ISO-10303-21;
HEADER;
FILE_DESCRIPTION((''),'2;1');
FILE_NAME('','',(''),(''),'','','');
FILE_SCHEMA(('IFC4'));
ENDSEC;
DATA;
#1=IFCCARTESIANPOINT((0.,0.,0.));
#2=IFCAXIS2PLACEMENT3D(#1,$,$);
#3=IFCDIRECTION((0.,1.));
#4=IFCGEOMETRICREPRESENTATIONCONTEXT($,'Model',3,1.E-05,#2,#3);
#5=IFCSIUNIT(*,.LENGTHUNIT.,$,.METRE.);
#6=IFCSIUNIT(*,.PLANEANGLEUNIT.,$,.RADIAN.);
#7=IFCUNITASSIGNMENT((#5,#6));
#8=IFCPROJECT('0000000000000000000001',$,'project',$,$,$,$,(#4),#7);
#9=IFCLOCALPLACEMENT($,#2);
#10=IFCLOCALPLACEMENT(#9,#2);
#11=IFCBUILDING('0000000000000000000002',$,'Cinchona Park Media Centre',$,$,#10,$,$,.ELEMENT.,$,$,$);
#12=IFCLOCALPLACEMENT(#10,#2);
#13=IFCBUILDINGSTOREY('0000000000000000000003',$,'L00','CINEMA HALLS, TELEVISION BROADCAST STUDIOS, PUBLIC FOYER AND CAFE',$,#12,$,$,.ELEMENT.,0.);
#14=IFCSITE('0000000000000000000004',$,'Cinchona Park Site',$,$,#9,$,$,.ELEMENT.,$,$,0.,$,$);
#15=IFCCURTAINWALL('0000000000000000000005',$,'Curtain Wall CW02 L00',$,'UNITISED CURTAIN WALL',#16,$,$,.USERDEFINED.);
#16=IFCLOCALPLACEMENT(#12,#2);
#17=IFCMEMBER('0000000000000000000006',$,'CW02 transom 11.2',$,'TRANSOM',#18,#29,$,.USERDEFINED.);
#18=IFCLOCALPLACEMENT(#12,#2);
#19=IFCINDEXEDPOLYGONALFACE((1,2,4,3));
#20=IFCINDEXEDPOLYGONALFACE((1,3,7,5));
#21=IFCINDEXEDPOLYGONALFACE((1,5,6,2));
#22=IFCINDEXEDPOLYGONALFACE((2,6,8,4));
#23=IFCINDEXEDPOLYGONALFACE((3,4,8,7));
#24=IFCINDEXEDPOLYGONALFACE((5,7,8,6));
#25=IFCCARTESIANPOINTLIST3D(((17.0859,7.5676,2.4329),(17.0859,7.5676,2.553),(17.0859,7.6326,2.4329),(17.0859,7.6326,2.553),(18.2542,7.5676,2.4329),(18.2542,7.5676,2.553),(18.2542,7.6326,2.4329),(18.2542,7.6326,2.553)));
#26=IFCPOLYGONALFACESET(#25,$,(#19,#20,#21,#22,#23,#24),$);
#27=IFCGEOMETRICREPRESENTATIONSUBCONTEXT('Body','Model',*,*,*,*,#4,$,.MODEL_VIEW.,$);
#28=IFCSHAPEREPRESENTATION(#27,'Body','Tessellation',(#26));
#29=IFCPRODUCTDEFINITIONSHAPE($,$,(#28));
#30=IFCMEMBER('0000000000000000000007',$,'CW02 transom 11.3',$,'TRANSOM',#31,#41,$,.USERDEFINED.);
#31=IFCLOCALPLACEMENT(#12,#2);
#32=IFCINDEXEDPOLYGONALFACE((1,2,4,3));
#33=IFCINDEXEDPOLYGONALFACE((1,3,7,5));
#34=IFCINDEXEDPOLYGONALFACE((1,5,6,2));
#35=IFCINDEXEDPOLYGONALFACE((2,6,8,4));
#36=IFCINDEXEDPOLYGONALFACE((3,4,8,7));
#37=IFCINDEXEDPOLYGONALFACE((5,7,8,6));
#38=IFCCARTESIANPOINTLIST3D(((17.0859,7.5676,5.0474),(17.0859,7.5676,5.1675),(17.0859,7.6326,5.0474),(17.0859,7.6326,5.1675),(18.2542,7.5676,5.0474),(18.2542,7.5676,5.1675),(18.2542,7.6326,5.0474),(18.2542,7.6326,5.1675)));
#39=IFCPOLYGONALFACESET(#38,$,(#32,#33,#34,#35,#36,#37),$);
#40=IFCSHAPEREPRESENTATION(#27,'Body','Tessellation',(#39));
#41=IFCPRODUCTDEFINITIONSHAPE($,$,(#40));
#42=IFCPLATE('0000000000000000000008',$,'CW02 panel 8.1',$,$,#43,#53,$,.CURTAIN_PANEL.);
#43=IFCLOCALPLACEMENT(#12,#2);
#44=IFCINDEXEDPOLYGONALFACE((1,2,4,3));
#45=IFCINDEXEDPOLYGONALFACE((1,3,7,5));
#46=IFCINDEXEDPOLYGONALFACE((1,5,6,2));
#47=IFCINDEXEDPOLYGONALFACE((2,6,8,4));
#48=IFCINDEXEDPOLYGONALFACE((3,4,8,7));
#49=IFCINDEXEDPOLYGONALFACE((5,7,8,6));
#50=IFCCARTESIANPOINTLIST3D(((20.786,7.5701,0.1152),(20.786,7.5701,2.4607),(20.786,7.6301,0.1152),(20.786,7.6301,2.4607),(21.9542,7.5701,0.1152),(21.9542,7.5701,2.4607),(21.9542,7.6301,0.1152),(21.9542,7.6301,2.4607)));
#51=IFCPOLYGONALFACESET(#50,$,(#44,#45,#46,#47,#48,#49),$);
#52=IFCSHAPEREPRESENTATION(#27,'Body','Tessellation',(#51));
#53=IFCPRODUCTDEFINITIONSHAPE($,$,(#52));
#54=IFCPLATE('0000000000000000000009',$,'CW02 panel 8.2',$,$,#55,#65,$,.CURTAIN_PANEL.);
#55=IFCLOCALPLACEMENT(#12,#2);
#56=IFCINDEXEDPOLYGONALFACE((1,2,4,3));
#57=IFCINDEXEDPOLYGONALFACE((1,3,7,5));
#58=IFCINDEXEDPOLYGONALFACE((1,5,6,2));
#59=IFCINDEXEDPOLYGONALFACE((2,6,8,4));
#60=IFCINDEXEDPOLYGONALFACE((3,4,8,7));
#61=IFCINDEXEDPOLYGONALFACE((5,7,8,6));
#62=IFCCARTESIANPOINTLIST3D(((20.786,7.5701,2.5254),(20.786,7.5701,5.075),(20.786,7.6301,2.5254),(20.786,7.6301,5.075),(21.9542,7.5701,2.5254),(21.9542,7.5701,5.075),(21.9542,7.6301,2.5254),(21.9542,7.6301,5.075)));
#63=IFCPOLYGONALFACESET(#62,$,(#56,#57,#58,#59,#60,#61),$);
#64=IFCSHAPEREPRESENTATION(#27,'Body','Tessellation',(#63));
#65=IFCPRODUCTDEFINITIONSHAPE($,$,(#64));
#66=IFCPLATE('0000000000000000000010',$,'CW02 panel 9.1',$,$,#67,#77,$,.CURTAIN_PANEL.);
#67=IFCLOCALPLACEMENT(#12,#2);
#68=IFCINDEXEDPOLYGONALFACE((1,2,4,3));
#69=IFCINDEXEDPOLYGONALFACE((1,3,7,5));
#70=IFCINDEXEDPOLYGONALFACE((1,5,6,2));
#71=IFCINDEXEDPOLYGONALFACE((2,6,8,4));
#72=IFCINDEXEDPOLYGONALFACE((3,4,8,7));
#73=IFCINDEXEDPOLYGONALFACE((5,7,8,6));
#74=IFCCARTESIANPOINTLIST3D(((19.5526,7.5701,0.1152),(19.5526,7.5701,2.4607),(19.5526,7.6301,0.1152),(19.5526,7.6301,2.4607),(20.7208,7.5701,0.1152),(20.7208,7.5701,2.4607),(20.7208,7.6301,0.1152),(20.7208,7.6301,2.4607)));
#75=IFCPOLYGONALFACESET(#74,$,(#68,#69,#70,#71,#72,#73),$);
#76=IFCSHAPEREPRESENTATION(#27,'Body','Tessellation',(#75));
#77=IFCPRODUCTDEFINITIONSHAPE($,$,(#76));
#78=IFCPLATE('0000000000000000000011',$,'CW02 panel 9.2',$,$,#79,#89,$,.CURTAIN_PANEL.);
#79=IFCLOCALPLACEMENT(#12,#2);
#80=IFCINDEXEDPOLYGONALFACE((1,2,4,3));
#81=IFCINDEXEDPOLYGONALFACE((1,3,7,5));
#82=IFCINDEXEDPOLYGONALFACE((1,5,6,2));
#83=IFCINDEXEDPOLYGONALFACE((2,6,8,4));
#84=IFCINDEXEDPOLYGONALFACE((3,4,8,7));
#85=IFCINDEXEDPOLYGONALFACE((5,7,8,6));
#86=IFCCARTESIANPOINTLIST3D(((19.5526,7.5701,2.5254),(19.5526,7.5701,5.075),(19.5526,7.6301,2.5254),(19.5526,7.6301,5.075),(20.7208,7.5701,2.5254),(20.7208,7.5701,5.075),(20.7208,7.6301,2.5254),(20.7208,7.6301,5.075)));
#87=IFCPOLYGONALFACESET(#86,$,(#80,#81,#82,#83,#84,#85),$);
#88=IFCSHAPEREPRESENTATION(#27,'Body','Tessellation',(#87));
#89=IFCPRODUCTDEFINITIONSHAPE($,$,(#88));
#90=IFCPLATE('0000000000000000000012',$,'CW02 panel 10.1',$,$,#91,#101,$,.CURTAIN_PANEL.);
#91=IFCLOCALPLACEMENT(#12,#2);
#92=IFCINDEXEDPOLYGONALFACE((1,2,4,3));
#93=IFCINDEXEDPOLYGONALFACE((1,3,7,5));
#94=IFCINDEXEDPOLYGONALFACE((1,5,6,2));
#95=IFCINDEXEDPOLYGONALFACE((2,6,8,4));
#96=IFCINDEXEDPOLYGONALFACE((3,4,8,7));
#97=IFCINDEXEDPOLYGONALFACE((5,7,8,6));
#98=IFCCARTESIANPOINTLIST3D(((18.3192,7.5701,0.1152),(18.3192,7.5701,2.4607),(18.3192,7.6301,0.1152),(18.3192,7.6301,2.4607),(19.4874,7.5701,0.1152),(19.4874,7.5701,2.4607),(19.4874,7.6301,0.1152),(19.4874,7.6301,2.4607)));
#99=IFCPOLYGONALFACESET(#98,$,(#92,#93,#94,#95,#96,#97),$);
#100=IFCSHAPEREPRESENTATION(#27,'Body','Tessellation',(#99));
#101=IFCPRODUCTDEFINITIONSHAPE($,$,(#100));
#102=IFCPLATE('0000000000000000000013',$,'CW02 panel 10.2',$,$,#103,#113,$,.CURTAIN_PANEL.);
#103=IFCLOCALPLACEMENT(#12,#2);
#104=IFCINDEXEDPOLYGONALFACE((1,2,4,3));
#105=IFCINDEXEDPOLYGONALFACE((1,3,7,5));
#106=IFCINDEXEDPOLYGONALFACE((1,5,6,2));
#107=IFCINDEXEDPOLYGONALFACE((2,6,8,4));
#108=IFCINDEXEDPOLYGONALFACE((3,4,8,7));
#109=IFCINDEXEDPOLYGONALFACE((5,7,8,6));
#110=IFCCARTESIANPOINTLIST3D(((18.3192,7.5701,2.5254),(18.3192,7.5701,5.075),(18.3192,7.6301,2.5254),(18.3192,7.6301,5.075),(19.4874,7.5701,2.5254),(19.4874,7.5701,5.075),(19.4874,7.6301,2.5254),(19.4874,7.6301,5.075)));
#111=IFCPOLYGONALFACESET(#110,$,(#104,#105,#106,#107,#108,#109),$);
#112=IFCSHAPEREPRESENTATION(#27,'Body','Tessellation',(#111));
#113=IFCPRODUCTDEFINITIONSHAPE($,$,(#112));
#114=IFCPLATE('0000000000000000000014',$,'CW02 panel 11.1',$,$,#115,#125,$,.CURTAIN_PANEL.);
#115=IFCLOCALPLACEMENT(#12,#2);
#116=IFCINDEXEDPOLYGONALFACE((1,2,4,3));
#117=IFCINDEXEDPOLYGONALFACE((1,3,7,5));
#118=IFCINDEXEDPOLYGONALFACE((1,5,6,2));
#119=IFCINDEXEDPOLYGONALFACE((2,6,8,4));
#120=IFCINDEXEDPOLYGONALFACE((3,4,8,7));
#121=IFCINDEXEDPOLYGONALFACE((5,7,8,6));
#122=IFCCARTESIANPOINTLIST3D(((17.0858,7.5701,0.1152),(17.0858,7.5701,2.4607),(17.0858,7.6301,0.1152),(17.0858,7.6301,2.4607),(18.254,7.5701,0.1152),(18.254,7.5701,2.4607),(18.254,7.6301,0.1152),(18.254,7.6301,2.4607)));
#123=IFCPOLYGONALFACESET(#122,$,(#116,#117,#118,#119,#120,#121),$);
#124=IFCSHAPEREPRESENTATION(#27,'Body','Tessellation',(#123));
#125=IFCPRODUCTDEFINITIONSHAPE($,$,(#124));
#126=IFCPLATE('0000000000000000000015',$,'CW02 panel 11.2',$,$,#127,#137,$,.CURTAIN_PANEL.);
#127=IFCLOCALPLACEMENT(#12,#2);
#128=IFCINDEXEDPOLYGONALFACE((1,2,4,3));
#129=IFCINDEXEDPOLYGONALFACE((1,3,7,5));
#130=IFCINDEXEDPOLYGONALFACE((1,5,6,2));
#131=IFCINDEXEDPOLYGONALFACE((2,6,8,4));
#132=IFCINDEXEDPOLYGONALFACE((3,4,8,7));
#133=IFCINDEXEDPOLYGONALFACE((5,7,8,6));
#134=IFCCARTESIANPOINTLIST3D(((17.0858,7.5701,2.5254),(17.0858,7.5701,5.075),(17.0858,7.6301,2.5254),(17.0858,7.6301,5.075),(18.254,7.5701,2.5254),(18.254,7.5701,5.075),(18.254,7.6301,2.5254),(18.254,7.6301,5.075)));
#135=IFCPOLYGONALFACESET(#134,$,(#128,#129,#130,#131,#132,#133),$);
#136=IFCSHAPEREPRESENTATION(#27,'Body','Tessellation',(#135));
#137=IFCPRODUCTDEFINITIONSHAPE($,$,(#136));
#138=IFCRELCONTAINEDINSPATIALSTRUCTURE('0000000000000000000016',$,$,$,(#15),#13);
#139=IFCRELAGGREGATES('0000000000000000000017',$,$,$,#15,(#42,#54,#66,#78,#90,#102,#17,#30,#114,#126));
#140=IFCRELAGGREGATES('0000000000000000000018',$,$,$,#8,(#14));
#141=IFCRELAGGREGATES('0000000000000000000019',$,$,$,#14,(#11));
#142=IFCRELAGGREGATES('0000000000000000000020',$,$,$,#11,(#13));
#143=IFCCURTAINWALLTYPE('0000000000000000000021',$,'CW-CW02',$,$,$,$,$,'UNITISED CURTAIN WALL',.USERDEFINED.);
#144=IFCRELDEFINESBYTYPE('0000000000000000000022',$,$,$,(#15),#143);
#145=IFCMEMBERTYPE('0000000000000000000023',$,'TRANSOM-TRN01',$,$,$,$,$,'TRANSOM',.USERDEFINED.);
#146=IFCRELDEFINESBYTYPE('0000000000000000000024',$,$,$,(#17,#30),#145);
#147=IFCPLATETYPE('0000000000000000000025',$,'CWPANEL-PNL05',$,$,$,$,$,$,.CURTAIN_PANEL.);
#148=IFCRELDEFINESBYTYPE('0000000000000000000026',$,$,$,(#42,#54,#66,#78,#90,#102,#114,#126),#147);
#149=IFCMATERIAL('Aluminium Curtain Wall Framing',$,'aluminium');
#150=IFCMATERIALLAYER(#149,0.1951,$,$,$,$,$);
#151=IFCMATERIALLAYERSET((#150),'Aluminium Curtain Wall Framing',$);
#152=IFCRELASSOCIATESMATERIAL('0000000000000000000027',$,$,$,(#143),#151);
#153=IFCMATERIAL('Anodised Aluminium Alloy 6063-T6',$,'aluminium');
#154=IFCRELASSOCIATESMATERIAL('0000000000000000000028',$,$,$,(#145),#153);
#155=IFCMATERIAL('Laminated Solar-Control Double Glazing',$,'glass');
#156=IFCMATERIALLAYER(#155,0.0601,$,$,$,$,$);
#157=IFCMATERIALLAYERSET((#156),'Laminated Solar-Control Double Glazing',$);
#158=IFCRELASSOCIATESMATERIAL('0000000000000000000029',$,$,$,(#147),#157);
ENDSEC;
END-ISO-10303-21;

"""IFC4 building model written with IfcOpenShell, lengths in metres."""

from ifc_helpers import new_model, si_unit, direction, frame, origin, origin_2d, place, context, subcontext, project, spatial, rectangle, extrude, material, layer, layer_set, material_profile, profile_set, type_object, element, aggregate, save


model = new_model("IFC4")

# Units and contexts
model_context = context("Model", 3, precision=1e-05, world=origin(), true_north=direction((0.0, 1.0)))
body_context = subcontext(model_context, "Body", "Model", "MODEL_VIEW")
ifc_project = project(units=[si_unit("LENGTHUNIT", "METRE"), si_unit("PLANEANGLEUNIT", "RADIAN")], contexts=[model_context])

# Site, building, storey
site_placement = place(None, origin())
site = spatial("IfcSite", under=ifc_project, at=site_placement, Name="Cinchona Park Site", CompositionType="ELEMENT", RefElevation=0.0)
building_placement = place(site_placement, origin())
building = spatial("IfcBuilding", under=site, at=building_placement, Name="Cinchona Park Media Centre", CompositionType="ELEMENT")
storey_placement = place(building_placement, origin())
storey = spatial("IfcBuildingStorey", under=building, at=storey_placement, Name="L00", Description="CINEMA HALLS, TELEVISION BROADCAST STUDIOS, PUBLIC FOYER AND CAFE", CompositionType="ELEMENT", Elevation=0.0)

# Curtain wall, members, plates
ifc_material_1 = material(Name="Aluminium Curtain Wall Framing", Category="aluminium")
ifc_layer_1 = layer(ifc_material_1, 0.1951)
ifc_layer_set_1 = layer_set([ifc_layer_1], Name="Aluminium Curtain Wall Framing")
curtain_wall_type = type_object("IfcCurtainWallType", Name="CW-CW02", ElementType="UNITISED CURTAIN WALL", PredefinedType="USERDEFINED", material=ifc_layer_set_1)
curtain_wall_placement = place(storey_placement, origin())
curtain_wall = element("IfcCurtainWall", 1, at=curtain_wall_placement, inside=storey, type_object=curtain_wall_type, Name="Curtain Wall CW02 L00", ObjectType="UNITISED CURTAIN WALL", PredefinedType="USERDEFINED")
ifc_material_2 = material(Name="Anodised Aluminium Alloy 6063-T6", Category="aluminium")
ifc_material_profile_1 = material_profile(ifc_material_2, rectangle(XDim=0.0649, YDim=0.1201, at=origin_2d()), Name="TRN-65X120")
ifc_profile_set_1 = profile_set([ifc_material_profile_1], Name="Anodised Aluminium Alloy 6063-T6")
member_type_1 = type_object("IfcMemberType", Name="TRANSOM-TRN01", ElementType="TRANSOM", PredefinedType="USERDEFINED", material=ifc_profile_set_1)
member_1_placement = place(storey_placement, frame((18.2542, 7.6001, 2.4929), z_axis=(-1.0, 0.0, 0.0), x_axis=(0.0, -1.0, 0.0)))
member_1 = element("IfcMember", 2, at=member_1_placement, type_object=member_type_1, Name="CW02 transom 11.2", ObjectType="TRANSOM", PredefinedType="USERDEFINED", context=body_context, shape_type="SweptSolid", body=[
    extrude(rectangle(XDim=0.0649, YDim=0.1201, at=origin_2d()), origin(), (0.0, 0.0, 1.0), 1.1682),
])
member_2_placement = place(storey_placement, frame((18.2542, 7.6001, 5.1074), z_axis=(-1.0, 0.0, 0.0), x_axis=(0.0, -1.0, 0.0)))
member_2 = element("IfcMember", 3, at=member_2_placement, type_object=member_type_1, Name="CW02 transom 11.3", ObjectType="TRANSOM", PredefinedType="USERDEFINED", context=body_context, shape_type="SweptSolid", body=[
    extrude(rectangle(XDim=0.0649, YDim=0.1201, at=origin_2d()), origin(), (0.0, 0.0, 1.0), 1.1682),
])
ifc_material_3 = material(Name="Laminated Solar-Control Double Glazing", Category="glass")
ifc_layer_2 = layer(ifc_material_3, 0.0601)
ifc_layer_set_2 = layer_set([ifc_layer_2], Name="Laminated Solar-Control Double Glazing")
plate_type = type_object("IfcPlateType", Name="CWPANEL-PNL05", PredefinedType="CURTAIN_PANEL", material=ifc_layer_set_2)
plate_1_placement = place(storey_placement, frame((21.3701, 7.6001, 0.1152), z_axis=(0.0, 0.0, 1.0), x_axis=(-1.0, 0.0, 0.0)))
plate_1 = element("IfcPlate", 4, at=plate_1_placement, type_object=plate_type, Name="CW02 panel 8.1", PredefinedType="CURTAIN_PANEL", context=body_context, shape_type="SweptSolid", body=[
    extrude(rectangle(XDim=1.1682, YDim=0.0601, at=origin_2d()), origin(), (0.0, 0.0, 1.0), 2.3455),
])
plate_2_placement = place(storey_placement, frame((21.3701, 7.6001, 2.5254), z_axis=(0.0, 0.0, 1.0), x_axis=(-1.0, 0.0, 0.0)))
plate_2 = element("IfcPlate", 5, at=plate_2_placement, type_object=plate_type, Name="CW02 panel 8.2", PredefinedType="CURTAIN_PANEL", context=body_context, shape_type="SweptSolid", body=[
    extrude(rectangle(XDim=1.1682, YDim=0.0601, at=origin_2d()), origin(), (0.0, 0.0, 1.0), 2.5496),
])
plate_3_placement = place(storey_placement, frame((20.1367, 7.6001, 0.1152), z_axis=(0.0, 0.0, 1.0), x_axis=(-1.0, 0.0, 0.0)))
plate_3 = element("IfcPlate", 6, at=plate_3_placement, type_object=plate_type, Name="CW02 panel 9.1", PredefinedType="CURTAIN_PANEL", context=body_context, shape_type="SweptSolid", body=[
    extrude(rectangle(XDim=1.1682, YDim=0.0601, at=origin_2d()), origin(), (0.0, 0.0, 1.0), 2.3455),
])
plate_4_placement = place(storey_placement, frame((20.1367, 7.6001, 2.5254), z_axis=(0.0, 0.0, 1.0), x_axis=(-1.0, 0.0, 0.0)))
plate_4 = element("IfcPlate", 7, at=plate_4_placement, type_object=plate_type, Name="CW02 panel 9.2", PredefinedType="CURTAIN_PANEL", context=body_context, shape_type="SweptSolid", body=[
    extrude(rectangle(XDim=1.1682, YDim=0.0601, at=origin_2d()), origin(), (0.0, 0.0, 1.0), 2.5496),
])
plate_5_placement = place(storey_placement, frame((18.9033, 7.6001, 0.1152), z_axis=(0.0, 0.0, 1.0), x_axis=(-1.0, 0.0, 0.0)))
plate_5 = element("IfcPlate", 8, at=plate_5_placement, type_object=plate_type, Name="CW02 panel 10.1", PredefinedType="CURTAIN_PANEL", context=body_context, shape_type="SweptSolid", body=[
    extrude(rectangle(XDim=1.1682, YDim=0.0601, at=origin_2d()), origin(), (0.0, 0.0, 1.0), 2.3455),
])
plate_6_placement = place(storey_placement, frame((18.9033, 7.6001, 2.5254), z_axis=(0.0, 0.0, 1.0), x_axis=(-1.0, 0.0, 0.0)))
plate_6 = element("IfcPlate", 9, at=plate_6_placement, type_object=plate_type, Name="CW02 panel 10.2", PredefinedType="CURTAIN_PANEL", context=body_context, shape_type="SweptSolid", body=[
    extrude(rectangle(XDim=1.1682, YDim=0.0601, at=origin_2d()), origin(), (0.0, 0.0, 1.0), 2.5496),
])
plate_7_placement = place(storey_placement, frame((17.6699, 7.6001, 0.1152), z_axis=(0.0, 0.0, 1.0), x_axis=(-1.0, 0.0, 0.0)))
plate_7 = element("IfcPlate", 10, at=plate_7_placement, type_object=plate_type, Name="CW02 panel 11.1", PredefinedType="CURTAIN_PANEL", context=body_context, shape_type="SweptSolid", body=[
    extrude(rectangle(XDim=1.1682, YDim=0.0601, at=origin_2d()), origin(), (0.0, 0.0, 1.0), 2.3455),
])
plate_8_placement = place(storey_placement, frame((17.6699, 7.6001, 2.5254), z_axis=(0.0, 0.0, 1.0), x_axis=(-1.0, 0.0, 0.0)))
plate_8 = element("IfcPlate", 11, at=plate_8_placement, type_object=plate_type, Name="CW02 panel 11.2", PredefinedType="CURTAIN_PANEL", context=body_context, shape_type="SweptSolid", body=[
    extrude(rectangle(XDim=1.1682, YDim=0.0601, at=origin_2d()), origin(), (0.0, 0.0, 1.0), 2.5496),
])
aggregate(curtain_wall, [plate_1, plate_2, plate_3, plate_4, plate_5, plate_6, member_1, member_2, plate_7, plate_8])

save(model, "model.ifc")
